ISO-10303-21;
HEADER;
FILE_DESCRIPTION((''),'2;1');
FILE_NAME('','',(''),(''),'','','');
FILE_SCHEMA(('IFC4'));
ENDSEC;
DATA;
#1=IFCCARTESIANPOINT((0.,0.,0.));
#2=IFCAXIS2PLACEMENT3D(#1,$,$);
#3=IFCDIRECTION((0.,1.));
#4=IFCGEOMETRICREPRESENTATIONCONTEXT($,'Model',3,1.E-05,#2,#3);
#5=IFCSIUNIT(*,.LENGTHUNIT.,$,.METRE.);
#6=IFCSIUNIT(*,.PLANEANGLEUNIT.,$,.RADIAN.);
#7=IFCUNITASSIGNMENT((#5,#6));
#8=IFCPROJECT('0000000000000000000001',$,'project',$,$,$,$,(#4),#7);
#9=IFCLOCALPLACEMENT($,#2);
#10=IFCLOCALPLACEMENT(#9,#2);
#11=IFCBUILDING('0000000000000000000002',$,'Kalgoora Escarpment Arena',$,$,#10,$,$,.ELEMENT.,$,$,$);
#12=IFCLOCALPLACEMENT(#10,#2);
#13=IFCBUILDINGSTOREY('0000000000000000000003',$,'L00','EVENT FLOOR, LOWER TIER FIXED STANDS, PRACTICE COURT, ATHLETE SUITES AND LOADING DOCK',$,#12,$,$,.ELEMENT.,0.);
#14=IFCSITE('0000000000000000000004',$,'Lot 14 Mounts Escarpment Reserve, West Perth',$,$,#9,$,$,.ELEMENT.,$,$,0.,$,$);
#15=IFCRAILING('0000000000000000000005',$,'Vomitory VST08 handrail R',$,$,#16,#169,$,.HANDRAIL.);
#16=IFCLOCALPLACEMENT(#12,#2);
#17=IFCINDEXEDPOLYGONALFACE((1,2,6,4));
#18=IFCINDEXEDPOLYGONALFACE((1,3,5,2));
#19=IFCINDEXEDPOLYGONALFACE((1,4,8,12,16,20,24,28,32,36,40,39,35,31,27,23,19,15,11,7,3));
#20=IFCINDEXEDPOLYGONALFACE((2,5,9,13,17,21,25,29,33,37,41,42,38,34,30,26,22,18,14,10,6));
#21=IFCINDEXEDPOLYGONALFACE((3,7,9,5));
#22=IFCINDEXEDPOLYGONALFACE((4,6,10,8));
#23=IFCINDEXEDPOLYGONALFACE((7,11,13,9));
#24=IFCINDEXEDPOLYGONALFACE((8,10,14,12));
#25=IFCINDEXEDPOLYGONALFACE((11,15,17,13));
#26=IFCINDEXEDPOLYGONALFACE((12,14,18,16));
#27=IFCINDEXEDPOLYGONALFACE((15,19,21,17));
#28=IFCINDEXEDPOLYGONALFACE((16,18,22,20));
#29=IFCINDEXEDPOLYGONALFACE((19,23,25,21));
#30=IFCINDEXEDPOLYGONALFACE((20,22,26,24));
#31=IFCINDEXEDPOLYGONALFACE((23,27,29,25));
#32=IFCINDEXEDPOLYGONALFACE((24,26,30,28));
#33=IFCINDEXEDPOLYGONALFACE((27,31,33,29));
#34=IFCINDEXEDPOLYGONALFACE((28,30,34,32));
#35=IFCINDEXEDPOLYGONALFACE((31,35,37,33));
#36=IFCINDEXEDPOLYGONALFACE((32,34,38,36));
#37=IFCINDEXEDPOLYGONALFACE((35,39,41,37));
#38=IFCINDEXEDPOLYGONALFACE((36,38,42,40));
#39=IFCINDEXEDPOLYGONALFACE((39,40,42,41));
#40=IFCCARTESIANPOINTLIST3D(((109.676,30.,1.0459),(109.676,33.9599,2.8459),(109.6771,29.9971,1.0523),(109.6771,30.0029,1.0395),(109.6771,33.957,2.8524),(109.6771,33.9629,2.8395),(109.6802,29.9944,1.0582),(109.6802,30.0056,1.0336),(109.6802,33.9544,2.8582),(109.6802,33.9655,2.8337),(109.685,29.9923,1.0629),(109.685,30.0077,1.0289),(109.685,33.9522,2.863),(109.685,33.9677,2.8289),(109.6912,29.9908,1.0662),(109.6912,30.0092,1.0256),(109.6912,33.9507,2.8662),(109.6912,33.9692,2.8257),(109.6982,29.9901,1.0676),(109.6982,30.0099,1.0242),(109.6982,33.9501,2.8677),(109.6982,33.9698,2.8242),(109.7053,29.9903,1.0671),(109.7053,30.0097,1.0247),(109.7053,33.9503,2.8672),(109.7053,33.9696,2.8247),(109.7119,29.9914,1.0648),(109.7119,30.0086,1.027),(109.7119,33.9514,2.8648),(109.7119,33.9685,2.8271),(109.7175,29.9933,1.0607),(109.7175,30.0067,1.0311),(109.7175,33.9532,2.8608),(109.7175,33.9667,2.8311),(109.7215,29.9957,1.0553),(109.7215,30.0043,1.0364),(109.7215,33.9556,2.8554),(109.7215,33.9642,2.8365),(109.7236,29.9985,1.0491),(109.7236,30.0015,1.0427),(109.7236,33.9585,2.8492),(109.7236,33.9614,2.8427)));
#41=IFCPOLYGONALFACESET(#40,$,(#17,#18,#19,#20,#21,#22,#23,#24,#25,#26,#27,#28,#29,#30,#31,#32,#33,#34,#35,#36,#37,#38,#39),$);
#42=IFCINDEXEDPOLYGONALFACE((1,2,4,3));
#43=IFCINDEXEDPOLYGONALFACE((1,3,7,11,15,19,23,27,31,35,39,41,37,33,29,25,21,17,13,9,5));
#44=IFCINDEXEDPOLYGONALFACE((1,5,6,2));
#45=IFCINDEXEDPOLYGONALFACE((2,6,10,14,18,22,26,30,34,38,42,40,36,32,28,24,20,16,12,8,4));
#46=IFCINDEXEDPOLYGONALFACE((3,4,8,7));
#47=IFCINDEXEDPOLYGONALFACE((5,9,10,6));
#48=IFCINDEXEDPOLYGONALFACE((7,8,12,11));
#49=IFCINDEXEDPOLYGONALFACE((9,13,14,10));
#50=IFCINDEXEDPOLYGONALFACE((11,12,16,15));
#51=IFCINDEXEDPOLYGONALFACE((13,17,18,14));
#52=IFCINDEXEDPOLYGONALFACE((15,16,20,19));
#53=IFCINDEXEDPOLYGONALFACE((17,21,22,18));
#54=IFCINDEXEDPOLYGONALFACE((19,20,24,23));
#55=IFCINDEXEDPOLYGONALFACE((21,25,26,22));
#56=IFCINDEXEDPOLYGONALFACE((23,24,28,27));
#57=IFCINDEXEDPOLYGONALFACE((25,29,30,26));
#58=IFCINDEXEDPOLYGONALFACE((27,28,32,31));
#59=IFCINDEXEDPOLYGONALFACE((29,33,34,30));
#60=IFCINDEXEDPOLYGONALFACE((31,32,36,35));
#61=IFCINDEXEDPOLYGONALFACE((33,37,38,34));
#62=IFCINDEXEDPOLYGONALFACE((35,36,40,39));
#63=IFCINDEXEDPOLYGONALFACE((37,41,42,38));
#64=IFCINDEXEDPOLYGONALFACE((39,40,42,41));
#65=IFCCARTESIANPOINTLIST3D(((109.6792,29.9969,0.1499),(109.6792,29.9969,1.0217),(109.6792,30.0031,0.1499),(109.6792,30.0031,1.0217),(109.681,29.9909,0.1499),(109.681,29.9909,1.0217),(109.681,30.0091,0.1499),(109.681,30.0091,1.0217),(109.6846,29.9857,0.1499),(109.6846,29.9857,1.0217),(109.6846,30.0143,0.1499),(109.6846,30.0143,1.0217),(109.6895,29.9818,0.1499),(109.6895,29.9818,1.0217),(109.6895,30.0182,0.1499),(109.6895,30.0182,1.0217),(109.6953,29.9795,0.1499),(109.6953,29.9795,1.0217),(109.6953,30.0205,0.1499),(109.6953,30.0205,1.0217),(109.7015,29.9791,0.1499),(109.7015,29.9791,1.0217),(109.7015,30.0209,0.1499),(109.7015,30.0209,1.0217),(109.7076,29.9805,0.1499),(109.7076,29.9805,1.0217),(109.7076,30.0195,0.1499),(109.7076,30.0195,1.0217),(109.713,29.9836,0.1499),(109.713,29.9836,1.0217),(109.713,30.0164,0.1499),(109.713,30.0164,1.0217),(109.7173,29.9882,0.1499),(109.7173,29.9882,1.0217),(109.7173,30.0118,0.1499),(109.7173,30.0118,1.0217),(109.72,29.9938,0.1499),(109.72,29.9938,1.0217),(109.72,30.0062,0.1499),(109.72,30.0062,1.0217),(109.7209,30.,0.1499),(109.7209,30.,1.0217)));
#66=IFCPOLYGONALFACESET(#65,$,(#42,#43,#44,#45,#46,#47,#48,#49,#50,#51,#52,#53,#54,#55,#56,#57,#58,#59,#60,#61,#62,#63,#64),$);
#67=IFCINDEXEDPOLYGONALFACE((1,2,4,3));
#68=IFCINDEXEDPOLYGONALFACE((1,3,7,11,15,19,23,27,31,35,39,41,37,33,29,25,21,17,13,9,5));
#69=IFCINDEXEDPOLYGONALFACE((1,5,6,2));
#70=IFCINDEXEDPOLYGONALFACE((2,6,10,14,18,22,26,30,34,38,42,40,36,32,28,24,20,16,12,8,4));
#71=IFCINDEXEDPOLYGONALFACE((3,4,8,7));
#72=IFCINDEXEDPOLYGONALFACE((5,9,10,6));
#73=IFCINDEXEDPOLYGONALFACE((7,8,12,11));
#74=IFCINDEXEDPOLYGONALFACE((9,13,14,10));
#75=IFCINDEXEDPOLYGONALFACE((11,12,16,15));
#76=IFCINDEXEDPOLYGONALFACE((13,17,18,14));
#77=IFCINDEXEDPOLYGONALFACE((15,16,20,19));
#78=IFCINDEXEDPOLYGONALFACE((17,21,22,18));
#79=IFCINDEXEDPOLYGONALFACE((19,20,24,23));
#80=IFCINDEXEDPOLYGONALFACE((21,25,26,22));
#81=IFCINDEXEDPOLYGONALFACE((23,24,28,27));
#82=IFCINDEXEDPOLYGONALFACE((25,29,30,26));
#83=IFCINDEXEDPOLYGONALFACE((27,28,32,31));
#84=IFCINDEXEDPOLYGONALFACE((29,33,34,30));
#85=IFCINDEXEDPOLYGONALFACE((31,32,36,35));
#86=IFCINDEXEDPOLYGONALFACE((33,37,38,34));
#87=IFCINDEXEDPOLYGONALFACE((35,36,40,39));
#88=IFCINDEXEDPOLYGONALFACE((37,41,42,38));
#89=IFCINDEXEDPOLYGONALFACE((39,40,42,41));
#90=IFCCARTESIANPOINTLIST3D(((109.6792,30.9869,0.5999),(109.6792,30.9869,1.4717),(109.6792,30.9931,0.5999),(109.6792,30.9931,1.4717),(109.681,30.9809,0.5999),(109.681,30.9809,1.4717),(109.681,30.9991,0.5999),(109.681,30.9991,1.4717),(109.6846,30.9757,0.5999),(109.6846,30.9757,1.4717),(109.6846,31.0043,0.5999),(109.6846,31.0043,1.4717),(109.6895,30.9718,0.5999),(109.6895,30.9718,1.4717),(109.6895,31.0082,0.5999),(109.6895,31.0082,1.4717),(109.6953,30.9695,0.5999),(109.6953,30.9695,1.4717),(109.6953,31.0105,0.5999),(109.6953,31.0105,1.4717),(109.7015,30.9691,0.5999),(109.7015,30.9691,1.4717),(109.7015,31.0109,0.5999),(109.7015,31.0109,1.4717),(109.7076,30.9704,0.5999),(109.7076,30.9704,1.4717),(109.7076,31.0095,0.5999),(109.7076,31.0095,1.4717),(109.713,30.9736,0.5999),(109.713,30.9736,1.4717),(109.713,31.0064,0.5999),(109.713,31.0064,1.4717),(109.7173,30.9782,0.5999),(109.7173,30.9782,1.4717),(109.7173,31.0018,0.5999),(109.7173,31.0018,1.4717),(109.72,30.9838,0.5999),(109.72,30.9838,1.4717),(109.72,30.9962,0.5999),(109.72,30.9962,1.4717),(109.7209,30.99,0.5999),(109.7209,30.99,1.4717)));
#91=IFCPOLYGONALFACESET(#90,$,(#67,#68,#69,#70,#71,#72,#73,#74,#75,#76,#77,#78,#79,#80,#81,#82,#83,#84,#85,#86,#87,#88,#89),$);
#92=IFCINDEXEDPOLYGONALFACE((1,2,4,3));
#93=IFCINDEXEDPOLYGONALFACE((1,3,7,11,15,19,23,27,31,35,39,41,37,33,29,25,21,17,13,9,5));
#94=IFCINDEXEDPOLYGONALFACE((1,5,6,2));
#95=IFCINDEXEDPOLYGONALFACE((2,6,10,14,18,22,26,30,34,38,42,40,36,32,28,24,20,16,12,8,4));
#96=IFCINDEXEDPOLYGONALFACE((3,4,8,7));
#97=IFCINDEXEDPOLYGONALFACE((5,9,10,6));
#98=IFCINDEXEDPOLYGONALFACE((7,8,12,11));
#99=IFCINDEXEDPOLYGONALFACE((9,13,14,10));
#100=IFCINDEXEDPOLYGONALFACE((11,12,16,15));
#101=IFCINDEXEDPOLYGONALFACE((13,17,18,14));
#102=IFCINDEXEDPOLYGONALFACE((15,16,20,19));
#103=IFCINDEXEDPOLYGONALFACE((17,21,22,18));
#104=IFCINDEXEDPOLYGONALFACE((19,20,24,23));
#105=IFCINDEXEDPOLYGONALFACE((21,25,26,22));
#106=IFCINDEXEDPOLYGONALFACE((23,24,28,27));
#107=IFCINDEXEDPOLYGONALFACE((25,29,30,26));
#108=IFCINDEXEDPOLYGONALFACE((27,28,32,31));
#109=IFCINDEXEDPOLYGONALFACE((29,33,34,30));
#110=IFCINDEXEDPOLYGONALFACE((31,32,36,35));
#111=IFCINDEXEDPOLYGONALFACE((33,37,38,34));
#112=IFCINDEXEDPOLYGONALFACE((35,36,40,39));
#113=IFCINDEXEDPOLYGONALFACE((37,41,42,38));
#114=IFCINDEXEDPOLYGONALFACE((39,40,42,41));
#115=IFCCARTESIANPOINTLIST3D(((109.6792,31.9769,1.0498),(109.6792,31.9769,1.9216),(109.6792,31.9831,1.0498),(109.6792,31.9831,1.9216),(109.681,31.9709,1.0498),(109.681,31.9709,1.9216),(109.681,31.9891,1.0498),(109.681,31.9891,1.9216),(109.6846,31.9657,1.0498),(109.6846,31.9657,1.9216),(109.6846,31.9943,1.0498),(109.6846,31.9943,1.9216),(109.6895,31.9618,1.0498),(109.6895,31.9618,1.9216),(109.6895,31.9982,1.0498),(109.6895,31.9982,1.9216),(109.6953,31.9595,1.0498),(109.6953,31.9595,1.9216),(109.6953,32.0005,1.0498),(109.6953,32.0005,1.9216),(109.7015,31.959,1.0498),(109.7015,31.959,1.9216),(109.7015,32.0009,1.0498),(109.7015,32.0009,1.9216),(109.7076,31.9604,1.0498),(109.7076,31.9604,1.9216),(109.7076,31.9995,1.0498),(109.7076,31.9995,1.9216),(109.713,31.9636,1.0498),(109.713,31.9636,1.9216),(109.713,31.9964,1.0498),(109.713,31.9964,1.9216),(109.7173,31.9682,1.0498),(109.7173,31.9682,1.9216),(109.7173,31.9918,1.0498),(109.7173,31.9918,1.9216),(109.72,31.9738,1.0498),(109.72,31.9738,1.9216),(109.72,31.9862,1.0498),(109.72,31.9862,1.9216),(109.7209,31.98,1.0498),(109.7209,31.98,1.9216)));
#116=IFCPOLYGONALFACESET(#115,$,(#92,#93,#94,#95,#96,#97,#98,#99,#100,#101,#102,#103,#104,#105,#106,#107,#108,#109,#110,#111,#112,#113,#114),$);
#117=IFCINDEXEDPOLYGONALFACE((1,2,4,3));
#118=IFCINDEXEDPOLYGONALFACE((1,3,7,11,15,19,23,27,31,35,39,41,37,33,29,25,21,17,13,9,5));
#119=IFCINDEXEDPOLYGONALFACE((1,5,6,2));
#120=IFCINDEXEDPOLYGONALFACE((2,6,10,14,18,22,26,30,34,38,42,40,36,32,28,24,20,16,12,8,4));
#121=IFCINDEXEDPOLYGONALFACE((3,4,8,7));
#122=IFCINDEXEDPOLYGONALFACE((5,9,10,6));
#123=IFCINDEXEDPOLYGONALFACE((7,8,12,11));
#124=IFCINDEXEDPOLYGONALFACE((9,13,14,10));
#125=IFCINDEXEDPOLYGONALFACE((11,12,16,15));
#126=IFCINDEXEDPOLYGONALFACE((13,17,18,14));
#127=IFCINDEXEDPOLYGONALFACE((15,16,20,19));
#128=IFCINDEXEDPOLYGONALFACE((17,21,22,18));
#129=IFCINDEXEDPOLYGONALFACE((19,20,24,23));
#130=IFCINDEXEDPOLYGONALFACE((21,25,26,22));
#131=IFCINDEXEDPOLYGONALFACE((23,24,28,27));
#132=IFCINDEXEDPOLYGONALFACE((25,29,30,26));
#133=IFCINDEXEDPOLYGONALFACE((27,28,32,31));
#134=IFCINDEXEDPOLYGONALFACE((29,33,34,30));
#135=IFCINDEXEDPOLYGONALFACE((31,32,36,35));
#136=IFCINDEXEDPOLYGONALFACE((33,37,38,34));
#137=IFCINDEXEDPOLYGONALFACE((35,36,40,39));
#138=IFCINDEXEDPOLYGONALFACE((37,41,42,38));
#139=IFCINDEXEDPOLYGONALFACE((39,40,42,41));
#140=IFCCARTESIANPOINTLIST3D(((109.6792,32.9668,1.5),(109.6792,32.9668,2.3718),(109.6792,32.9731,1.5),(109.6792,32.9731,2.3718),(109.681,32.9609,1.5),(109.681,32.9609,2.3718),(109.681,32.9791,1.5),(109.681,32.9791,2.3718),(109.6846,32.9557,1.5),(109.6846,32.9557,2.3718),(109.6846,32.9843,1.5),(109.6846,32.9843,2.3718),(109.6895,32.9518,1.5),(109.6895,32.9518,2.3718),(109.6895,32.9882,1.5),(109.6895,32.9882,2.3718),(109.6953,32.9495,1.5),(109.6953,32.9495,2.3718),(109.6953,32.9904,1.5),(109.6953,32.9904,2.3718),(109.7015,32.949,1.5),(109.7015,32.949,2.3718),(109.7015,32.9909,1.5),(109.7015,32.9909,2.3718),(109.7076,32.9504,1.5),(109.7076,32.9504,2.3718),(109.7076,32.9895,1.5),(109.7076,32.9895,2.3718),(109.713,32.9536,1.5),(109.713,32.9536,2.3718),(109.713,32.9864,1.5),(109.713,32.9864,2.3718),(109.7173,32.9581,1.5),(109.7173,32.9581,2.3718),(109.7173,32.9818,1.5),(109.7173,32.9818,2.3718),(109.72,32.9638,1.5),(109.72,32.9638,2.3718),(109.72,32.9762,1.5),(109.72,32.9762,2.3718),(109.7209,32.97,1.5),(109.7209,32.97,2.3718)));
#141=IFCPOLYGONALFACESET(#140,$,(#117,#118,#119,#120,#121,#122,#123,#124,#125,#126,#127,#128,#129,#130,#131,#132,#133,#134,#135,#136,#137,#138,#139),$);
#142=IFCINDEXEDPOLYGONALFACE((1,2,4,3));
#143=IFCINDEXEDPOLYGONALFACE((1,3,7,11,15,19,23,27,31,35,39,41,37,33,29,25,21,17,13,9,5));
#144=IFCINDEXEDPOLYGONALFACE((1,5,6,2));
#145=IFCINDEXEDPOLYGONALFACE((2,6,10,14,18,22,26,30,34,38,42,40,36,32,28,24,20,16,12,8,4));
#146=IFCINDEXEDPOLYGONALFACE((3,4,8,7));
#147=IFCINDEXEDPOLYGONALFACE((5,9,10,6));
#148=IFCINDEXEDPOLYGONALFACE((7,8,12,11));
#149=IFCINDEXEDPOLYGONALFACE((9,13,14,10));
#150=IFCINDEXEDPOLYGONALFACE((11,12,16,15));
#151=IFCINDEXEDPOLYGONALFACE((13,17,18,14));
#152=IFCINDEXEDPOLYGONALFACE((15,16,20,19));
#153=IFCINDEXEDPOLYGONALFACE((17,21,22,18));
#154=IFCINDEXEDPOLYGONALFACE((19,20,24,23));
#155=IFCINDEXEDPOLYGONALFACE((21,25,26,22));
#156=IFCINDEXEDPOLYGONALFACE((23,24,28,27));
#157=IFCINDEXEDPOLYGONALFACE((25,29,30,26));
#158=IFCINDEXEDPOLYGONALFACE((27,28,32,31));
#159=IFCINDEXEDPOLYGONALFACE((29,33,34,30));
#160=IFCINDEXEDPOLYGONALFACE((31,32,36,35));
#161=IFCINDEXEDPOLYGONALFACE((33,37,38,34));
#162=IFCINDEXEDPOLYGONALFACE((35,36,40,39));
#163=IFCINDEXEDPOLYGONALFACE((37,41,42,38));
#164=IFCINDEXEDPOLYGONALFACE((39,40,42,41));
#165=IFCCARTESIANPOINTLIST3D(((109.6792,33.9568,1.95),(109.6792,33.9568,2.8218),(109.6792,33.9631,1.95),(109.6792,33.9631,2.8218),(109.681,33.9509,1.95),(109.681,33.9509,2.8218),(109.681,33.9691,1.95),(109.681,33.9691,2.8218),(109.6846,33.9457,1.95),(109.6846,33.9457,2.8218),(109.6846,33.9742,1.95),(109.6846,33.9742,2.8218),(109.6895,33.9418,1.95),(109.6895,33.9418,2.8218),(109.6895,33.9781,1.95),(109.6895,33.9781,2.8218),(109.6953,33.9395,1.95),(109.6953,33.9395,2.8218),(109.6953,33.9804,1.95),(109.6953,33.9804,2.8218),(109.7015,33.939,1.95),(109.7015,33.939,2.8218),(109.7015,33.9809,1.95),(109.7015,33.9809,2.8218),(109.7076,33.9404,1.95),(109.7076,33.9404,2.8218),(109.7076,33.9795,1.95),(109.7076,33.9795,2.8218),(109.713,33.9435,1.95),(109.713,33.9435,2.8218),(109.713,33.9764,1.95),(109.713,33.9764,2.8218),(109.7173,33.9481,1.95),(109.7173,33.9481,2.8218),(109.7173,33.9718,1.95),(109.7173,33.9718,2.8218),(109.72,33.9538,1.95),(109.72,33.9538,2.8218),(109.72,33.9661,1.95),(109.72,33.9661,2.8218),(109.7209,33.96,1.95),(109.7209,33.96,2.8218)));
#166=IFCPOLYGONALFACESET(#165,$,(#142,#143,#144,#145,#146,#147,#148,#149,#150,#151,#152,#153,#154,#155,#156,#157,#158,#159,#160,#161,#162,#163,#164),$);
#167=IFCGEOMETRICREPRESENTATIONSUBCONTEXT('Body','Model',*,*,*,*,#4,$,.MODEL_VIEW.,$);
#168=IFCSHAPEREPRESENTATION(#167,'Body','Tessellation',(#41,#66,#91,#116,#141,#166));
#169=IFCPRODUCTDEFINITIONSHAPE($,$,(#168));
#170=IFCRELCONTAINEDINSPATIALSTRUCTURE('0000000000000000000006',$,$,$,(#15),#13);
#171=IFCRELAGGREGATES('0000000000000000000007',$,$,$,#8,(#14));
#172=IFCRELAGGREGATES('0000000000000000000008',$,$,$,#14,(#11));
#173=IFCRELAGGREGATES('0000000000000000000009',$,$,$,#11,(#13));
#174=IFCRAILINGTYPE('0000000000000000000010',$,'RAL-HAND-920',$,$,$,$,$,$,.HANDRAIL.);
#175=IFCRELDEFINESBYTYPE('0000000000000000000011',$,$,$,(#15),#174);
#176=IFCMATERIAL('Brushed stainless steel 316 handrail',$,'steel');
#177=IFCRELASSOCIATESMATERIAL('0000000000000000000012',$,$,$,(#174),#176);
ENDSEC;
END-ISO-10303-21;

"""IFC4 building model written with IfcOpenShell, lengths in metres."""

from ifc_helpers import new_model, si_unit, direction, frame, origin, origin_2d, place, context, subcontext, project, spatial, circle, extrude, material, type_object, element, save


model = new_model("IFC4")

# Units and contexts
model_context = context("Model", 3, precision=1e-05, world=origin(), true_north=direction((0.0, 1.0)))
body_context = subcontext(model_context, "Body", "Model", "MODEL_VIEW")
ifc_project = project(units=[si_unit("LENGTHUNIT", "METRE"), si_unit("PLANEANGLEUNIT", "RADIAN")], contexts=[model_context])

# Site, building, storey
site_placement = place(None, origin())
site = spatial("IfcSite", under=ifc_project, at=site_placement, Name="Lot 14 Mounts Escarpment Reserve, West Perth", CompositionType="ELEMENT", RefElevation=0.0)
building_placement = place(site_placement, origin())
building = spatial("IfcBuilding", under=site, at=building_placement, Name="Kalgoora Escarpment Arena", CompositionType="ELEMENT")
storey_placement = place(building_placement, origin())
storey = spatial("IfcBuildingStorey", under=building, at=storey_placement, Name="L00", Description="EVENT FLOOR, LOWER TIER FIXED STANDS, PRACTICE COURT, ATHLETE SUITES AND LOADING DOCK", CompositionType="ELEMENT", Elevation=0.0)

# Railing
ifc_material_1 = material(Name="Brushed stainless steel 316 handrail", Category="steel")
railing_type_1 = type_object("IfcRailingType", Name="RAL-HAND-920", PredefinedType="HANDRAIL", material=ifc_material_1)
for number, where, name in (
    (1, (109.7, 30.0, 0.1499), "Vomitory VST08 handrail R"),
):
    element("IfcRailing", number, at=place(storey_placement, frame(where)), inside=storey, type_object=railing_type_1, Name=name, PredefinedType="HANDRAIL", context=body_context, shape_type="SweptSolid", body=[
        extrude(circle(Radius=0.0239, at=origin_2d()), frame((0.0, 0.0, 0.896), z_axis=(0.0, 0.910361, 0.413816), x_axis=(-1.0, 0.0, 0.0)), (0.0, 0.0, 1.0), 4.3499),
        extrude(circle(Radius=0.021, at=origin_2d()), origin(), (0.0, 0.0, 1.0), 0.8718),
        extrude(circle(Radius=0.021, at=origin_2d()), frame((0.0, 0.99, 0.45)), (0.0, 0.0, 1.0), 0.8718),
        extrude(circle(Radius=0.021, at=origin_2d()), frame((0.0, 1.98, 0.8999)), (0.0, 0.0, 1.0), 0.8718),
        extrude(circle(Radius=0.021, at=origin_2d()), frame((0.0, 2.97, 1.3501)), (0.0, 0.0, 1.0), 0.8718),
        extrude(circle(Radius=0.021, at=origin_2d()), frame((0.0, 3.96, 1.8)), (0.0, 0.0, 1.0), 0.8718),
    ])

save(model, "model.ifc")
